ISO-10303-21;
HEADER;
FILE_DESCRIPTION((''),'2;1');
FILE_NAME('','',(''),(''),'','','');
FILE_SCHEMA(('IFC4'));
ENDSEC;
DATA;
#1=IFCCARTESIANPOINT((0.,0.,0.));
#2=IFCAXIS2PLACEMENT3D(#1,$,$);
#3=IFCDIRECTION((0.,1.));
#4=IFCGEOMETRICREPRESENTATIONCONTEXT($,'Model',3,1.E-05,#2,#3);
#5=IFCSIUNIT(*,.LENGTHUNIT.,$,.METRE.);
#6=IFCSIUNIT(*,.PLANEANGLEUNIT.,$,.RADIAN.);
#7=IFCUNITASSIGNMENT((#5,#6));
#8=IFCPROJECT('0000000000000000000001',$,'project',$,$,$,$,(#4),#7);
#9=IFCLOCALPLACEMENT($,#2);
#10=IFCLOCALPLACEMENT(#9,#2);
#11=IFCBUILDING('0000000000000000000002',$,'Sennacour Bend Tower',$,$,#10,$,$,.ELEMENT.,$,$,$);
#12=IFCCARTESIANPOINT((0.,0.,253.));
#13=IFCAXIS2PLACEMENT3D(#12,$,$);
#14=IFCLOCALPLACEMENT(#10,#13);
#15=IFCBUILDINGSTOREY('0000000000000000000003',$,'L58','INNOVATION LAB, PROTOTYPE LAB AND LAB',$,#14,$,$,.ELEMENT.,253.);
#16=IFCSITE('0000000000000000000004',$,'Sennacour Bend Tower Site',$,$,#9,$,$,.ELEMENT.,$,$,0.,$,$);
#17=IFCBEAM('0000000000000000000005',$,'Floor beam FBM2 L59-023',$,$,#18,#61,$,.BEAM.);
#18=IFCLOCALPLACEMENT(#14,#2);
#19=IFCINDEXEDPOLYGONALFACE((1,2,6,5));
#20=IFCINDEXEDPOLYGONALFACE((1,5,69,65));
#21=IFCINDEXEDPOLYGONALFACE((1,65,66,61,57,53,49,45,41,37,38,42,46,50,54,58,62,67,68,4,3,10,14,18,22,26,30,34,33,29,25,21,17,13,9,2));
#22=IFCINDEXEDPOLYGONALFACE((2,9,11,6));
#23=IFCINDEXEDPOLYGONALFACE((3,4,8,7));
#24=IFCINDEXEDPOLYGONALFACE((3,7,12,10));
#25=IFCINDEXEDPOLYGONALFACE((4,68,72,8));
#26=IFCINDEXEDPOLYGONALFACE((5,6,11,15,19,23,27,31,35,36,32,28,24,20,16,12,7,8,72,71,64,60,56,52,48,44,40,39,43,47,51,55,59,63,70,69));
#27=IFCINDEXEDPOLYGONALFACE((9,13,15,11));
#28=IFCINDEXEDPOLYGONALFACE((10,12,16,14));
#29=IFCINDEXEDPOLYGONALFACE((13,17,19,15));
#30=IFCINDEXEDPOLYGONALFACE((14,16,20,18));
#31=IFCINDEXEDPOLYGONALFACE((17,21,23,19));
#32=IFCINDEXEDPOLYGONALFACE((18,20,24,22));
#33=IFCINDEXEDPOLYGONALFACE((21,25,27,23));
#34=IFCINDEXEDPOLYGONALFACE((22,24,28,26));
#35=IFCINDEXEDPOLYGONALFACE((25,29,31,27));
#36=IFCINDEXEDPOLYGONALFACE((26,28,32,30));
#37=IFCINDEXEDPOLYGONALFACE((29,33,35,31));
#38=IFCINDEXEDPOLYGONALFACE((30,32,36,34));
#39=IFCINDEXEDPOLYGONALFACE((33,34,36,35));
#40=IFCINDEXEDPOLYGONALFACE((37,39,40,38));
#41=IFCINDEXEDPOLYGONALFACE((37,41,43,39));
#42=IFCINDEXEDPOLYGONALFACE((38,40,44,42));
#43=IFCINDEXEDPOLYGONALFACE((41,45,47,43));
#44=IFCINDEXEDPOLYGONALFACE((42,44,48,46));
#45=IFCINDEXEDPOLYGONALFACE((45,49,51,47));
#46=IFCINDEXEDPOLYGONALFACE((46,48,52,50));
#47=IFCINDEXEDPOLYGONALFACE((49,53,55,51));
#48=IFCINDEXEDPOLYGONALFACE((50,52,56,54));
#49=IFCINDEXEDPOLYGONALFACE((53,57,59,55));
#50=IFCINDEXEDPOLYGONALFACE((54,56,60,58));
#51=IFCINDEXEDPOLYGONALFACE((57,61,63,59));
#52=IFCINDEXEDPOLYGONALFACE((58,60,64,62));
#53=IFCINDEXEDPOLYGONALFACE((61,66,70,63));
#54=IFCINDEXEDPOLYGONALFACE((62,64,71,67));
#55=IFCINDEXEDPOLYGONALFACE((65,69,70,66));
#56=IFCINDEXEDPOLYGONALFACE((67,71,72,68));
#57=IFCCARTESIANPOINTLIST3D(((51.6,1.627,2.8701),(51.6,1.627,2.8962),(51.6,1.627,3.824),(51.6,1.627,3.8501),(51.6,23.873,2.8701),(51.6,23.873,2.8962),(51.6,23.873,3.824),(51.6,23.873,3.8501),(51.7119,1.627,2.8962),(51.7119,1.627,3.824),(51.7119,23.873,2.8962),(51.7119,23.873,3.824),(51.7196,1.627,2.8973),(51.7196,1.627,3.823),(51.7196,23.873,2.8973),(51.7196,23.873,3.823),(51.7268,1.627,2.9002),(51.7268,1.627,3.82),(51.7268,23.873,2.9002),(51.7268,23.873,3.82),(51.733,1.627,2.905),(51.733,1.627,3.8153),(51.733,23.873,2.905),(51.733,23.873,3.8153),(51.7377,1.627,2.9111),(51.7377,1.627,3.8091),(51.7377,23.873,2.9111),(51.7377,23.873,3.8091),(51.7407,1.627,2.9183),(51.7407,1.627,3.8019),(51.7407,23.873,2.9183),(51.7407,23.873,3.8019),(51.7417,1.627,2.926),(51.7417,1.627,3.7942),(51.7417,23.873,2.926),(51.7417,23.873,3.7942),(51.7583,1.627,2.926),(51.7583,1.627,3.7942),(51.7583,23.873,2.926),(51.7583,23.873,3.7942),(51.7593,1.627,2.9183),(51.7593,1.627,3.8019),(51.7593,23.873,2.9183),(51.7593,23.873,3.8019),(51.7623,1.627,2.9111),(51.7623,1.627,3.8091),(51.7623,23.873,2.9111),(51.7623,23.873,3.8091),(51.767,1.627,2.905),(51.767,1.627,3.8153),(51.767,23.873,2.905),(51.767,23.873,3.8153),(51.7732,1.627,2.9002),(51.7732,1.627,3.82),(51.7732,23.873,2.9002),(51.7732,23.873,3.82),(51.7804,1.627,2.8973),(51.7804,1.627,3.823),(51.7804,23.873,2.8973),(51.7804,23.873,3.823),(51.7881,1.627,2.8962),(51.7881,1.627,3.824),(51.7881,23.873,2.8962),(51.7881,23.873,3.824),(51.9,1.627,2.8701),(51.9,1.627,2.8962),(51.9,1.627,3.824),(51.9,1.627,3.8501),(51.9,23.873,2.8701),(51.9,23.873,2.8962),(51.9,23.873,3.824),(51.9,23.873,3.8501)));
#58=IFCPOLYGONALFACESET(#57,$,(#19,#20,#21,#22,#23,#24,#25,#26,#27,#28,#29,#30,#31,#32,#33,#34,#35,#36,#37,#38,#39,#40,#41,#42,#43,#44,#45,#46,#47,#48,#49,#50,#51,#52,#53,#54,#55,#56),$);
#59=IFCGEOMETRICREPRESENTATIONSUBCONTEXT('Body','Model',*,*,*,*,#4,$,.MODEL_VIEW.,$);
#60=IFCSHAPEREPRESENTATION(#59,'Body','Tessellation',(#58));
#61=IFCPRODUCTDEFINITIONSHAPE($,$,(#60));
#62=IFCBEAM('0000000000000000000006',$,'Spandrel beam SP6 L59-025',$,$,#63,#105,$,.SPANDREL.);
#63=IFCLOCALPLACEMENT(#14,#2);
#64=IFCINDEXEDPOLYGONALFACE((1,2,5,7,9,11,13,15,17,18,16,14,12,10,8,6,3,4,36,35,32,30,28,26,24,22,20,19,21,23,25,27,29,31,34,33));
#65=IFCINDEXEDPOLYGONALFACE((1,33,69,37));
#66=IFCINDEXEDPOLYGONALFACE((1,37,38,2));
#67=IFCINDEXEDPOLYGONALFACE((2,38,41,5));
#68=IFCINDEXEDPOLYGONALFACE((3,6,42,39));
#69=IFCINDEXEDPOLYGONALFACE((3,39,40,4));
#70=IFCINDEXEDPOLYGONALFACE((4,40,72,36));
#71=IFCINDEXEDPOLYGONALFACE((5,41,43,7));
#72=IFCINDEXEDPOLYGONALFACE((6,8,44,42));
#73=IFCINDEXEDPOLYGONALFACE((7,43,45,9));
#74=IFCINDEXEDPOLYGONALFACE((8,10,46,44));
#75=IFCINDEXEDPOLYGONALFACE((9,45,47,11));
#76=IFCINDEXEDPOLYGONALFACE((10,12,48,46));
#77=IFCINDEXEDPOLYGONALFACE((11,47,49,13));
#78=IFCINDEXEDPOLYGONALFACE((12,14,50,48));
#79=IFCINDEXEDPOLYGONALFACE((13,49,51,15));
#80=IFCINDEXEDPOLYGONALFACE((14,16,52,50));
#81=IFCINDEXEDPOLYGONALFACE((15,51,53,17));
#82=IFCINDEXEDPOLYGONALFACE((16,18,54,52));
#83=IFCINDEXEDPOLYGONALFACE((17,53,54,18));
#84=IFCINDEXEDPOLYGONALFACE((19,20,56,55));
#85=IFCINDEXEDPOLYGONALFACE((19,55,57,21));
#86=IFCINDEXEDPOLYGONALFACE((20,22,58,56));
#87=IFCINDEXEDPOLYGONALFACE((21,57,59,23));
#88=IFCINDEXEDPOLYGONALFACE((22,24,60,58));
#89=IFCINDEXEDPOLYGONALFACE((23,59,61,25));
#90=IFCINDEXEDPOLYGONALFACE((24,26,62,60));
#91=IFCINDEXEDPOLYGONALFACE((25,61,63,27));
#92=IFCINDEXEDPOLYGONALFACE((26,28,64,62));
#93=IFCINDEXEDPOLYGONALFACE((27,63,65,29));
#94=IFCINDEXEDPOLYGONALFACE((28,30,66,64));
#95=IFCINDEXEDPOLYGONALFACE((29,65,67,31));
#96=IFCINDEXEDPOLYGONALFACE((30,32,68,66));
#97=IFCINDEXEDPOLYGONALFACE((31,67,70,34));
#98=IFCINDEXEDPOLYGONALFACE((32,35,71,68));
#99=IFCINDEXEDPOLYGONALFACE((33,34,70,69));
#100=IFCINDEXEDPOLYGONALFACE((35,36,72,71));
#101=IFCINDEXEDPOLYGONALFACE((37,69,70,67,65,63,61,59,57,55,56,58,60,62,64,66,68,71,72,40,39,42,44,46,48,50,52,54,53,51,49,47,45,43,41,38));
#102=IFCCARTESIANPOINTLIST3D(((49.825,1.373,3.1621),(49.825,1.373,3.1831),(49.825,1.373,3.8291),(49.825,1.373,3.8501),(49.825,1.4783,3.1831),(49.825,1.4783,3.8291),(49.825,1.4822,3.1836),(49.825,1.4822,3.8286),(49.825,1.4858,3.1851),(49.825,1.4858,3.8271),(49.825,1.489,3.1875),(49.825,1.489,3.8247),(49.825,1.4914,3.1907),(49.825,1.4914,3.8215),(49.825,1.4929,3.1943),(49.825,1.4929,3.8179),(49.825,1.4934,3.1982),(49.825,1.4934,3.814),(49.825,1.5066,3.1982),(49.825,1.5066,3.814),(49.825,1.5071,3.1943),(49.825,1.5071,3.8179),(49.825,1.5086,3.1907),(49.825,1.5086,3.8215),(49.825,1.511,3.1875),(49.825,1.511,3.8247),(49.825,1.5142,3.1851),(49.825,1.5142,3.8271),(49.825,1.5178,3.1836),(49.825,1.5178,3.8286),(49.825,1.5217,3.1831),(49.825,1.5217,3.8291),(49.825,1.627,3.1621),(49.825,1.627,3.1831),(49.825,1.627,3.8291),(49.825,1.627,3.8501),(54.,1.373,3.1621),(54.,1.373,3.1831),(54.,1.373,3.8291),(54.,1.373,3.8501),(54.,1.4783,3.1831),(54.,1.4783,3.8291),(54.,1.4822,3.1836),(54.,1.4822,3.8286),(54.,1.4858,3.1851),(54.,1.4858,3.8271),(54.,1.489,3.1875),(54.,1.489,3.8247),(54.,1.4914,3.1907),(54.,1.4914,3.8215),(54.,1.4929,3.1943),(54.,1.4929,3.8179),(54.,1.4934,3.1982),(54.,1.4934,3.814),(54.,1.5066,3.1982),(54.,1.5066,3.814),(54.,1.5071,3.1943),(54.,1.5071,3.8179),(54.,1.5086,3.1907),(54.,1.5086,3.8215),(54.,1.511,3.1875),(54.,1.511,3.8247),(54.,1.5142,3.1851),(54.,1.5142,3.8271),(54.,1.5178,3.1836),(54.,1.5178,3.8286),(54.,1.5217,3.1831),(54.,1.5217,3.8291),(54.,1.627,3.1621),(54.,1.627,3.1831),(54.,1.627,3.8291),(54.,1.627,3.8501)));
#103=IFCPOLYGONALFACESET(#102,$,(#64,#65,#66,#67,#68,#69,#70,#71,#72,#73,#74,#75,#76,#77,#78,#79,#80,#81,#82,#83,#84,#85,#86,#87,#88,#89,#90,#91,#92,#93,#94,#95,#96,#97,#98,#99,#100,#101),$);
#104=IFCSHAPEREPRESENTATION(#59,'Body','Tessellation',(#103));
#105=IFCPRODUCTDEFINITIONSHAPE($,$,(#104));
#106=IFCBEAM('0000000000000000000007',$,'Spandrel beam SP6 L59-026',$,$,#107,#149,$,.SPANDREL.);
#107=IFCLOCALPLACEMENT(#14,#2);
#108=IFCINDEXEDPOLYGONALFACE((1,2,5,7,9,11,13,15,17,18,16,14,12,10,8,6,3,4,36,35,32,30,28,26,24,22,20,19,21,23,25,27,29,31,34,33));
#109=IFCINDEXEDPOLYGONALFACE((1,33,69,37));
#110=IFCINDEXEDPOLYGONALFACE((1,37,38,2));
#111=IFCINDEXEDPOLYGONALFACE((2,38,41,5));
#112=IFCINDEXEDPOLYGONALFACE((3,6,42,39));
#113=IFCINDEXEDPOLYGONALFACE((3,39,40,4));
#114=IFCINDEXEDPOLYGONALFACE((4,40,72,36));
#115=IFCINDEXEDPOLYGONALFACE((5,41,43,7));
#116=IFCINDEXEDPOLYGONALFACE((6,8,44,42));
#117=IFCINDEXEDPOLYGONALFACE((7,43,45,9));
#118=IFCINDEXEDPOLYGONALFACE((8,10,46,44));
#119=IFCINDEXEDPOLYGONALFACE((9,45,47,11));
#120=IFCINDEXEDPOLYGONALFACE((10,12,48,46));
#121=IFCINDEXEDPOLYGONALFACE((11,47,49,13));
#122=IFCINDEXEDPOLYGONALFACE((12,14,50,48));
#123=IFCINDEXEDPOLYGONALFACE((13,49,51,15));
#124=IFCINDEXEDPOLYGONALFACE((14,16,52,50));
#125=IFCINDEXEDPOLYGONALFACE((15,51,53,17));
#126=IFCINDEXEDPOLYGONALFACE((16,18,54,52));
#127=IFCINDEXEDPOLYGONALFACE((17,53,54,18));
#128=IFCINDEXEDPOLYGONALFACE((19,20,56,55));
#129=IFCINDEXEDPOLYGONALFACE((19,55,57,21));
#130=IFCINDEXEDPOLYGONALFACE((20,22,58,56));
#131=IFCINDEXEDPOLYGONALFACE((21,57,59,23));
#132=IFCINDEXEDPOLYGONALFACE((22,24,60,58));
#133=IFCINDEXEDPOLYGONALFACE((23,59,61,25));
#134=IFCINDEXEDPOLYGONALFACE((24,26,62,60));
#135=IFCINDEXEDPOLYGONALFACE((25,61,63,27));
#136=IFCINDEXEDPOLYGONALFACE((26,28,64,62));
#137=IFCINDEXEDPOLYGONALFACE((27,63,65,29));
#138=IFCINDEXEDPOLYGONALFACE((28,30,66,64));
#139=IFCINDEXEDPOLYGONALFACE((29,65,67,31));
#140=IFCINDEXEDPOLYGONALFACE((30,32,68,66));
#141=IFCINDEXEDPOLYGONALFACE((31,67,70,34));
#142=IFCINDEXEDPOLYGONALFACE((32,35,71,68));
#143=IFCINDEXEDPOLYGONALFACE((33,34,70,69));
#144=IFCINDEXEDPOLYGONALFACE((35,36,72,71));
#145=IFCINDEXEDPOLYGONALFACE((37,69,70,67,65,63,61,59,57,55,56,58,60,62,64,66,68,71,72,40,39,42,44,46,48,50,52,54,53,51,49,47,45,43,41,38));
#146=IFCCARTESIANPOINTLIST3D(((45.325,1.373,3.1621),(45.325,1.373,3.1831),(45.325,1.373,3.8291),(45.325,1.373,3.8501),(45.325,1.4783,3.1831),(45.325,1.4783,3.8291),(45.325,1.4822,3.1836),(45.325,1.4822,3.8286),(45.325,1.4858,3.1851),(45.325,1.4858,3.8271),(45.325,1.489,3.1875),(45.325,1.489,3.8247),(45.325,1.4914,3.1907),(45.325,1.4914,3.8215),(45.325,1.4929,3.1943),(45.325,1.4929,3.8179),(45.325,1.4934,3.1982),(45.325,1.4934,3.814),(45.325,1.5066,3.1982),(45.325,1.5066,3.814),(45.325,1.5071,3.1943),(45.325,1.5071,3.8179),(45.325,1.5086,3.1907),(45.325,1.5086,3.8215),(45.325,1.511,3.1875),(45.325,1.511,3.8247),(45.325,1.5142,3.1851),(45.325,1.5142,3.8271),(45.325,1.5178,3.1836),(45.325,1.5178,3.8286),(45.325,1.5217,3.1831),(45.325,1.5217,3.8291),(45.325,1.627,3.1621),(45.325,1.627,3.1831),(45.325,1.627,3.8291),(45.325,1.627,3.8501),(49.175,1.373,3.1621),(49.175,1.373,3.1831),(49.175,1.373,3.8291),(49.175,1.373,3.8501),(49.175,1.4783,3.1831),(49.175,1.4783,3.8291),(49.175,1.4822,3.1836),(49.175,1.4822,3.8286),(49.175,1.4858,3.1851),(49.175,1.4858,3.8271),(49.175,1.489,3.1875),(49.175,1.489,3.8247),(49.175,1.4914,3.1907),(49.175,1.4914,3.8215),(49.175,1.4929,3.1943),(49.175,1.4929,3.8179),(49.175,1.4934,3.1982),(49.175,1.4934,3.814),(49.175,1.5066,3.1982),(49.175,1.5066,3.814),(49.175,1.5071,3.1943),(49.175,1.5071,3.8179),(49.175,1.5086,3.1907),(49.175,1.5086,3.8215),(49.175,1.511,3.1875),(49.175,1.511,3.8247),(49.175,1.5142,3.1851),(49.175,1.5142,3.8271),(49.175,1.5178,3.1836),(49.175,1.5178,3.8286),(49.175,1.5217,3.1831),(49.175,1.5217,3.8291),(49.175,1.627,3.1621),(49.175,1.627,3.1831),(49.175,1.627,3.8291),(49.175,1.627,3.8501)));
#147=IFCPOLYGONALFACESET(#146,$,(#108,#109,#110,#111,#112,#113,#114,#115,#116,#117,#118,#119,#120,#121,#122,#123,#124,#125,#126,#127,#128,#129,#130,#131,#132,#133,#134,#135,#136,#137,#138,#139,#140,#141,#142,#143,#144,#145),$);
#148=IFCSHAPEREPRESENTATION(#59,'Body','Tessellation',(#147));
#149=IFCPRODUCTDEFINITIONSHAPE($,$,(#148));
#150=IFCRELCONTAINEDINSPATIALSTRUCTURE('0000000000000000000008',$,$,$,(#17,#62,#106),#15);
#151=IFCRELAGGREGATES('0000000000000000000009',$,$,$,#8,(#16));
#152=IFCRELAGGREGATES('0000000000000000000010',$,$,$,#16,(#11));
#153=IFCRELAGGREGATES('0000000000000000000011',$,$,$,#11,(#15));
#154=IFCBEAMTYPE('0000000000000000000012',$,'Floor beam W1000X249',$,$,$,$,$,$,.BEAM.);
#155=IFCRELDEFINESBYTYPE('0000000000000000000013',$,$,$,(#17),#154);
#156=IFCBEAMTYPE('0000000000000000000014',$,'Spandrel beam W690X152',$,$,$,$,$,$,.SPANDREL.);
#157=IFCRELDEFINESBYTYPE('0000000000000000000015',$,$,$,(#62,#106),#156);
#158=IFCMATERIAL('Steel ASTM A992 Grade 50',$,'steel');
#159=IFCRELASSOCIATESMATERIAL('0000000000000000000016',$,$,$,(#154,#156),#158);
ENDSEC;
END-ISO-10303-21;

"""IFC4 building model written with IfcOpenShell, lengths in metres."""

from ifc_helpers import new_model, si_unit, direction, frame, origin, origin_2d, place, context, subcontext, project, spatial, i_section, extrude, material, material_profile, profile_set, type_object, element, save


model = new_model("IFC4")

# Units and contexts
model_context = context("Model", 3, precision=1e-05, world=origin(), true_north=direction((0.0, 1.0)))
body_context = subcontext(model_context, "Body", "Model", "MODEL_VIEW")
ifc_project = project(units=[si_unit("LENGTHUNIT", "METRE"), si_unit("PLANEANGLEUNIT", "RADIAN")], contexts=[model_context])

# Site, building, storey
site_placement = place(None, origin())
site = spatial("IfcSite", under=ifc_project, at=site_placement, Name="Sennacour Bend Tower Site", CompositionType="ELEMENT", RefElevation=0.0)
building_placement = place(site_placement, origin())
building = spatial("IfcBuilding", under=site, at=building_placement, Name="Sennacour Bend Tower", CompositionType="ELEMENT")
storey_placement = place(building_placement, frame((0.0, 0.0, 253.0)))
storey = spatial("IfcBuildingStorey", under=building, at=storey_placement, Name="L58", Description="INNOVATION LAB, PROTOTYPE LAB AND LAB", CompositionType="ELEMENT", Elevation=253.0)

# Beams
ifc_material_1 = material(Name="Steel ASTM A992 Grade 50", Category="steel")
ifc_material_profile_1 = material_profile(ifc_material_1, i_section(OverallWidth=0.3, OverallDepth=0.98, WebThickness=0.0166, FlangeThickness=0.0261, FilletRadius=0.0298, at=origin_2d()), Name="Steel ASTM A992 Grade 50", Category="steel")
ifc_profile_set_1 = profile_set([ifc_material_profile_1], Name="Steel ASTM A992 Grade 50")
beam_type_1 = type_object("IfcBeamType", Name="Floor beam W1000X249", PredefinedType="BEAM", material=ifc_profile_set_1)
beam_1_placement = place(storey_placement, frame((51.75, 1.627, 3.3601), z_axis=(0.0, 1.0, 0.0), x_axis=(-1.0, 0.0, 0.0)))
element("IfcBeam", 1, at=beam_1_placement, inside=storey, type_object=beam_type_1, Name="Floor beam FBM2 L59-023", PredefinedType="BEAM", context=body_context, shape_type="SweptSolid", body=[
    extrude(i_section(OverallWidth=0.3, OverallDepth=0.98, WebThickness=0.0166, FlangeThickness=0.0261, FilletRadius=0.0298, at=origin_2d()), origin(), (0.0, 0.0, 1.0), 22.2461),
])
ifc_material_profile_2 = material_profile(ifc_material_1, i_section(OverallWidth=0.2539, OverallDepth=0.688, WebThickness=0.0132, FlangeThickness=0.021, FilletRadius=0.0151, at=origin_2d()), Name="Steel ASTM A992 Grade 50", Category="steel")
ifc_profile_set_2 = profile_set([ifc_material_profile_2], Name="Steel ASTM A992 Grade 50")
beam_type_2 = type_object("IfcBeamType", Name="Spandrel beam W690X152", PredefinedType="SPANDREL", material=ifc_profile_set_2)
beam_2_placement = place(storey_placement, frame((54.0, 1.5, 3.5061), z_axis=(-1.0, 0.0, 0.0), x_axis=(0.0, -1.0, 0.0)))
element("IfcBeam", 2, at=beam_2_placement, inside=storey, type_object=beam_type_2, Name="Spandrel beam SP6 L59-025", PredefinedType="SPANDREL", context=body_context, shape_type="SweptSolid", body=[
    extrude(i_section(OverallWidth=0.2539, OverallDepth=0.688, WebThickness=0.0132, FlangeThickness=0.021, FilletRadius=0.0151, at=origin_2d()), origin(), (0.0, 0.0, 1.0), 4.175),
])
beam_3_placement = place(storey_placement, frame((49.175, 1.5, 3.5061), z_axis=(-1.0, 0.0, 0.0), x_axis=(0.0, -1.0, 0.0)))
element("IfcBeam", 3, at=beam_3_placement, inside=storey, type_object=beam_type_2, Name="Spandrel beam SP6 L59-026", PredefinedType="SPANDREL", context=body_context, shape_type="SweptSolid", body=[
    extrude(i_section(OverallWidth=0.2539, OverallDepth=0.688, WebThickness=0.0132, FlangeThickness=0.021, FilletRadius=0.0151, at=origin_2d()), origin(), (0.0, 0.0, 1.0), 3.8501),
])

save(model, "model.ifc")
